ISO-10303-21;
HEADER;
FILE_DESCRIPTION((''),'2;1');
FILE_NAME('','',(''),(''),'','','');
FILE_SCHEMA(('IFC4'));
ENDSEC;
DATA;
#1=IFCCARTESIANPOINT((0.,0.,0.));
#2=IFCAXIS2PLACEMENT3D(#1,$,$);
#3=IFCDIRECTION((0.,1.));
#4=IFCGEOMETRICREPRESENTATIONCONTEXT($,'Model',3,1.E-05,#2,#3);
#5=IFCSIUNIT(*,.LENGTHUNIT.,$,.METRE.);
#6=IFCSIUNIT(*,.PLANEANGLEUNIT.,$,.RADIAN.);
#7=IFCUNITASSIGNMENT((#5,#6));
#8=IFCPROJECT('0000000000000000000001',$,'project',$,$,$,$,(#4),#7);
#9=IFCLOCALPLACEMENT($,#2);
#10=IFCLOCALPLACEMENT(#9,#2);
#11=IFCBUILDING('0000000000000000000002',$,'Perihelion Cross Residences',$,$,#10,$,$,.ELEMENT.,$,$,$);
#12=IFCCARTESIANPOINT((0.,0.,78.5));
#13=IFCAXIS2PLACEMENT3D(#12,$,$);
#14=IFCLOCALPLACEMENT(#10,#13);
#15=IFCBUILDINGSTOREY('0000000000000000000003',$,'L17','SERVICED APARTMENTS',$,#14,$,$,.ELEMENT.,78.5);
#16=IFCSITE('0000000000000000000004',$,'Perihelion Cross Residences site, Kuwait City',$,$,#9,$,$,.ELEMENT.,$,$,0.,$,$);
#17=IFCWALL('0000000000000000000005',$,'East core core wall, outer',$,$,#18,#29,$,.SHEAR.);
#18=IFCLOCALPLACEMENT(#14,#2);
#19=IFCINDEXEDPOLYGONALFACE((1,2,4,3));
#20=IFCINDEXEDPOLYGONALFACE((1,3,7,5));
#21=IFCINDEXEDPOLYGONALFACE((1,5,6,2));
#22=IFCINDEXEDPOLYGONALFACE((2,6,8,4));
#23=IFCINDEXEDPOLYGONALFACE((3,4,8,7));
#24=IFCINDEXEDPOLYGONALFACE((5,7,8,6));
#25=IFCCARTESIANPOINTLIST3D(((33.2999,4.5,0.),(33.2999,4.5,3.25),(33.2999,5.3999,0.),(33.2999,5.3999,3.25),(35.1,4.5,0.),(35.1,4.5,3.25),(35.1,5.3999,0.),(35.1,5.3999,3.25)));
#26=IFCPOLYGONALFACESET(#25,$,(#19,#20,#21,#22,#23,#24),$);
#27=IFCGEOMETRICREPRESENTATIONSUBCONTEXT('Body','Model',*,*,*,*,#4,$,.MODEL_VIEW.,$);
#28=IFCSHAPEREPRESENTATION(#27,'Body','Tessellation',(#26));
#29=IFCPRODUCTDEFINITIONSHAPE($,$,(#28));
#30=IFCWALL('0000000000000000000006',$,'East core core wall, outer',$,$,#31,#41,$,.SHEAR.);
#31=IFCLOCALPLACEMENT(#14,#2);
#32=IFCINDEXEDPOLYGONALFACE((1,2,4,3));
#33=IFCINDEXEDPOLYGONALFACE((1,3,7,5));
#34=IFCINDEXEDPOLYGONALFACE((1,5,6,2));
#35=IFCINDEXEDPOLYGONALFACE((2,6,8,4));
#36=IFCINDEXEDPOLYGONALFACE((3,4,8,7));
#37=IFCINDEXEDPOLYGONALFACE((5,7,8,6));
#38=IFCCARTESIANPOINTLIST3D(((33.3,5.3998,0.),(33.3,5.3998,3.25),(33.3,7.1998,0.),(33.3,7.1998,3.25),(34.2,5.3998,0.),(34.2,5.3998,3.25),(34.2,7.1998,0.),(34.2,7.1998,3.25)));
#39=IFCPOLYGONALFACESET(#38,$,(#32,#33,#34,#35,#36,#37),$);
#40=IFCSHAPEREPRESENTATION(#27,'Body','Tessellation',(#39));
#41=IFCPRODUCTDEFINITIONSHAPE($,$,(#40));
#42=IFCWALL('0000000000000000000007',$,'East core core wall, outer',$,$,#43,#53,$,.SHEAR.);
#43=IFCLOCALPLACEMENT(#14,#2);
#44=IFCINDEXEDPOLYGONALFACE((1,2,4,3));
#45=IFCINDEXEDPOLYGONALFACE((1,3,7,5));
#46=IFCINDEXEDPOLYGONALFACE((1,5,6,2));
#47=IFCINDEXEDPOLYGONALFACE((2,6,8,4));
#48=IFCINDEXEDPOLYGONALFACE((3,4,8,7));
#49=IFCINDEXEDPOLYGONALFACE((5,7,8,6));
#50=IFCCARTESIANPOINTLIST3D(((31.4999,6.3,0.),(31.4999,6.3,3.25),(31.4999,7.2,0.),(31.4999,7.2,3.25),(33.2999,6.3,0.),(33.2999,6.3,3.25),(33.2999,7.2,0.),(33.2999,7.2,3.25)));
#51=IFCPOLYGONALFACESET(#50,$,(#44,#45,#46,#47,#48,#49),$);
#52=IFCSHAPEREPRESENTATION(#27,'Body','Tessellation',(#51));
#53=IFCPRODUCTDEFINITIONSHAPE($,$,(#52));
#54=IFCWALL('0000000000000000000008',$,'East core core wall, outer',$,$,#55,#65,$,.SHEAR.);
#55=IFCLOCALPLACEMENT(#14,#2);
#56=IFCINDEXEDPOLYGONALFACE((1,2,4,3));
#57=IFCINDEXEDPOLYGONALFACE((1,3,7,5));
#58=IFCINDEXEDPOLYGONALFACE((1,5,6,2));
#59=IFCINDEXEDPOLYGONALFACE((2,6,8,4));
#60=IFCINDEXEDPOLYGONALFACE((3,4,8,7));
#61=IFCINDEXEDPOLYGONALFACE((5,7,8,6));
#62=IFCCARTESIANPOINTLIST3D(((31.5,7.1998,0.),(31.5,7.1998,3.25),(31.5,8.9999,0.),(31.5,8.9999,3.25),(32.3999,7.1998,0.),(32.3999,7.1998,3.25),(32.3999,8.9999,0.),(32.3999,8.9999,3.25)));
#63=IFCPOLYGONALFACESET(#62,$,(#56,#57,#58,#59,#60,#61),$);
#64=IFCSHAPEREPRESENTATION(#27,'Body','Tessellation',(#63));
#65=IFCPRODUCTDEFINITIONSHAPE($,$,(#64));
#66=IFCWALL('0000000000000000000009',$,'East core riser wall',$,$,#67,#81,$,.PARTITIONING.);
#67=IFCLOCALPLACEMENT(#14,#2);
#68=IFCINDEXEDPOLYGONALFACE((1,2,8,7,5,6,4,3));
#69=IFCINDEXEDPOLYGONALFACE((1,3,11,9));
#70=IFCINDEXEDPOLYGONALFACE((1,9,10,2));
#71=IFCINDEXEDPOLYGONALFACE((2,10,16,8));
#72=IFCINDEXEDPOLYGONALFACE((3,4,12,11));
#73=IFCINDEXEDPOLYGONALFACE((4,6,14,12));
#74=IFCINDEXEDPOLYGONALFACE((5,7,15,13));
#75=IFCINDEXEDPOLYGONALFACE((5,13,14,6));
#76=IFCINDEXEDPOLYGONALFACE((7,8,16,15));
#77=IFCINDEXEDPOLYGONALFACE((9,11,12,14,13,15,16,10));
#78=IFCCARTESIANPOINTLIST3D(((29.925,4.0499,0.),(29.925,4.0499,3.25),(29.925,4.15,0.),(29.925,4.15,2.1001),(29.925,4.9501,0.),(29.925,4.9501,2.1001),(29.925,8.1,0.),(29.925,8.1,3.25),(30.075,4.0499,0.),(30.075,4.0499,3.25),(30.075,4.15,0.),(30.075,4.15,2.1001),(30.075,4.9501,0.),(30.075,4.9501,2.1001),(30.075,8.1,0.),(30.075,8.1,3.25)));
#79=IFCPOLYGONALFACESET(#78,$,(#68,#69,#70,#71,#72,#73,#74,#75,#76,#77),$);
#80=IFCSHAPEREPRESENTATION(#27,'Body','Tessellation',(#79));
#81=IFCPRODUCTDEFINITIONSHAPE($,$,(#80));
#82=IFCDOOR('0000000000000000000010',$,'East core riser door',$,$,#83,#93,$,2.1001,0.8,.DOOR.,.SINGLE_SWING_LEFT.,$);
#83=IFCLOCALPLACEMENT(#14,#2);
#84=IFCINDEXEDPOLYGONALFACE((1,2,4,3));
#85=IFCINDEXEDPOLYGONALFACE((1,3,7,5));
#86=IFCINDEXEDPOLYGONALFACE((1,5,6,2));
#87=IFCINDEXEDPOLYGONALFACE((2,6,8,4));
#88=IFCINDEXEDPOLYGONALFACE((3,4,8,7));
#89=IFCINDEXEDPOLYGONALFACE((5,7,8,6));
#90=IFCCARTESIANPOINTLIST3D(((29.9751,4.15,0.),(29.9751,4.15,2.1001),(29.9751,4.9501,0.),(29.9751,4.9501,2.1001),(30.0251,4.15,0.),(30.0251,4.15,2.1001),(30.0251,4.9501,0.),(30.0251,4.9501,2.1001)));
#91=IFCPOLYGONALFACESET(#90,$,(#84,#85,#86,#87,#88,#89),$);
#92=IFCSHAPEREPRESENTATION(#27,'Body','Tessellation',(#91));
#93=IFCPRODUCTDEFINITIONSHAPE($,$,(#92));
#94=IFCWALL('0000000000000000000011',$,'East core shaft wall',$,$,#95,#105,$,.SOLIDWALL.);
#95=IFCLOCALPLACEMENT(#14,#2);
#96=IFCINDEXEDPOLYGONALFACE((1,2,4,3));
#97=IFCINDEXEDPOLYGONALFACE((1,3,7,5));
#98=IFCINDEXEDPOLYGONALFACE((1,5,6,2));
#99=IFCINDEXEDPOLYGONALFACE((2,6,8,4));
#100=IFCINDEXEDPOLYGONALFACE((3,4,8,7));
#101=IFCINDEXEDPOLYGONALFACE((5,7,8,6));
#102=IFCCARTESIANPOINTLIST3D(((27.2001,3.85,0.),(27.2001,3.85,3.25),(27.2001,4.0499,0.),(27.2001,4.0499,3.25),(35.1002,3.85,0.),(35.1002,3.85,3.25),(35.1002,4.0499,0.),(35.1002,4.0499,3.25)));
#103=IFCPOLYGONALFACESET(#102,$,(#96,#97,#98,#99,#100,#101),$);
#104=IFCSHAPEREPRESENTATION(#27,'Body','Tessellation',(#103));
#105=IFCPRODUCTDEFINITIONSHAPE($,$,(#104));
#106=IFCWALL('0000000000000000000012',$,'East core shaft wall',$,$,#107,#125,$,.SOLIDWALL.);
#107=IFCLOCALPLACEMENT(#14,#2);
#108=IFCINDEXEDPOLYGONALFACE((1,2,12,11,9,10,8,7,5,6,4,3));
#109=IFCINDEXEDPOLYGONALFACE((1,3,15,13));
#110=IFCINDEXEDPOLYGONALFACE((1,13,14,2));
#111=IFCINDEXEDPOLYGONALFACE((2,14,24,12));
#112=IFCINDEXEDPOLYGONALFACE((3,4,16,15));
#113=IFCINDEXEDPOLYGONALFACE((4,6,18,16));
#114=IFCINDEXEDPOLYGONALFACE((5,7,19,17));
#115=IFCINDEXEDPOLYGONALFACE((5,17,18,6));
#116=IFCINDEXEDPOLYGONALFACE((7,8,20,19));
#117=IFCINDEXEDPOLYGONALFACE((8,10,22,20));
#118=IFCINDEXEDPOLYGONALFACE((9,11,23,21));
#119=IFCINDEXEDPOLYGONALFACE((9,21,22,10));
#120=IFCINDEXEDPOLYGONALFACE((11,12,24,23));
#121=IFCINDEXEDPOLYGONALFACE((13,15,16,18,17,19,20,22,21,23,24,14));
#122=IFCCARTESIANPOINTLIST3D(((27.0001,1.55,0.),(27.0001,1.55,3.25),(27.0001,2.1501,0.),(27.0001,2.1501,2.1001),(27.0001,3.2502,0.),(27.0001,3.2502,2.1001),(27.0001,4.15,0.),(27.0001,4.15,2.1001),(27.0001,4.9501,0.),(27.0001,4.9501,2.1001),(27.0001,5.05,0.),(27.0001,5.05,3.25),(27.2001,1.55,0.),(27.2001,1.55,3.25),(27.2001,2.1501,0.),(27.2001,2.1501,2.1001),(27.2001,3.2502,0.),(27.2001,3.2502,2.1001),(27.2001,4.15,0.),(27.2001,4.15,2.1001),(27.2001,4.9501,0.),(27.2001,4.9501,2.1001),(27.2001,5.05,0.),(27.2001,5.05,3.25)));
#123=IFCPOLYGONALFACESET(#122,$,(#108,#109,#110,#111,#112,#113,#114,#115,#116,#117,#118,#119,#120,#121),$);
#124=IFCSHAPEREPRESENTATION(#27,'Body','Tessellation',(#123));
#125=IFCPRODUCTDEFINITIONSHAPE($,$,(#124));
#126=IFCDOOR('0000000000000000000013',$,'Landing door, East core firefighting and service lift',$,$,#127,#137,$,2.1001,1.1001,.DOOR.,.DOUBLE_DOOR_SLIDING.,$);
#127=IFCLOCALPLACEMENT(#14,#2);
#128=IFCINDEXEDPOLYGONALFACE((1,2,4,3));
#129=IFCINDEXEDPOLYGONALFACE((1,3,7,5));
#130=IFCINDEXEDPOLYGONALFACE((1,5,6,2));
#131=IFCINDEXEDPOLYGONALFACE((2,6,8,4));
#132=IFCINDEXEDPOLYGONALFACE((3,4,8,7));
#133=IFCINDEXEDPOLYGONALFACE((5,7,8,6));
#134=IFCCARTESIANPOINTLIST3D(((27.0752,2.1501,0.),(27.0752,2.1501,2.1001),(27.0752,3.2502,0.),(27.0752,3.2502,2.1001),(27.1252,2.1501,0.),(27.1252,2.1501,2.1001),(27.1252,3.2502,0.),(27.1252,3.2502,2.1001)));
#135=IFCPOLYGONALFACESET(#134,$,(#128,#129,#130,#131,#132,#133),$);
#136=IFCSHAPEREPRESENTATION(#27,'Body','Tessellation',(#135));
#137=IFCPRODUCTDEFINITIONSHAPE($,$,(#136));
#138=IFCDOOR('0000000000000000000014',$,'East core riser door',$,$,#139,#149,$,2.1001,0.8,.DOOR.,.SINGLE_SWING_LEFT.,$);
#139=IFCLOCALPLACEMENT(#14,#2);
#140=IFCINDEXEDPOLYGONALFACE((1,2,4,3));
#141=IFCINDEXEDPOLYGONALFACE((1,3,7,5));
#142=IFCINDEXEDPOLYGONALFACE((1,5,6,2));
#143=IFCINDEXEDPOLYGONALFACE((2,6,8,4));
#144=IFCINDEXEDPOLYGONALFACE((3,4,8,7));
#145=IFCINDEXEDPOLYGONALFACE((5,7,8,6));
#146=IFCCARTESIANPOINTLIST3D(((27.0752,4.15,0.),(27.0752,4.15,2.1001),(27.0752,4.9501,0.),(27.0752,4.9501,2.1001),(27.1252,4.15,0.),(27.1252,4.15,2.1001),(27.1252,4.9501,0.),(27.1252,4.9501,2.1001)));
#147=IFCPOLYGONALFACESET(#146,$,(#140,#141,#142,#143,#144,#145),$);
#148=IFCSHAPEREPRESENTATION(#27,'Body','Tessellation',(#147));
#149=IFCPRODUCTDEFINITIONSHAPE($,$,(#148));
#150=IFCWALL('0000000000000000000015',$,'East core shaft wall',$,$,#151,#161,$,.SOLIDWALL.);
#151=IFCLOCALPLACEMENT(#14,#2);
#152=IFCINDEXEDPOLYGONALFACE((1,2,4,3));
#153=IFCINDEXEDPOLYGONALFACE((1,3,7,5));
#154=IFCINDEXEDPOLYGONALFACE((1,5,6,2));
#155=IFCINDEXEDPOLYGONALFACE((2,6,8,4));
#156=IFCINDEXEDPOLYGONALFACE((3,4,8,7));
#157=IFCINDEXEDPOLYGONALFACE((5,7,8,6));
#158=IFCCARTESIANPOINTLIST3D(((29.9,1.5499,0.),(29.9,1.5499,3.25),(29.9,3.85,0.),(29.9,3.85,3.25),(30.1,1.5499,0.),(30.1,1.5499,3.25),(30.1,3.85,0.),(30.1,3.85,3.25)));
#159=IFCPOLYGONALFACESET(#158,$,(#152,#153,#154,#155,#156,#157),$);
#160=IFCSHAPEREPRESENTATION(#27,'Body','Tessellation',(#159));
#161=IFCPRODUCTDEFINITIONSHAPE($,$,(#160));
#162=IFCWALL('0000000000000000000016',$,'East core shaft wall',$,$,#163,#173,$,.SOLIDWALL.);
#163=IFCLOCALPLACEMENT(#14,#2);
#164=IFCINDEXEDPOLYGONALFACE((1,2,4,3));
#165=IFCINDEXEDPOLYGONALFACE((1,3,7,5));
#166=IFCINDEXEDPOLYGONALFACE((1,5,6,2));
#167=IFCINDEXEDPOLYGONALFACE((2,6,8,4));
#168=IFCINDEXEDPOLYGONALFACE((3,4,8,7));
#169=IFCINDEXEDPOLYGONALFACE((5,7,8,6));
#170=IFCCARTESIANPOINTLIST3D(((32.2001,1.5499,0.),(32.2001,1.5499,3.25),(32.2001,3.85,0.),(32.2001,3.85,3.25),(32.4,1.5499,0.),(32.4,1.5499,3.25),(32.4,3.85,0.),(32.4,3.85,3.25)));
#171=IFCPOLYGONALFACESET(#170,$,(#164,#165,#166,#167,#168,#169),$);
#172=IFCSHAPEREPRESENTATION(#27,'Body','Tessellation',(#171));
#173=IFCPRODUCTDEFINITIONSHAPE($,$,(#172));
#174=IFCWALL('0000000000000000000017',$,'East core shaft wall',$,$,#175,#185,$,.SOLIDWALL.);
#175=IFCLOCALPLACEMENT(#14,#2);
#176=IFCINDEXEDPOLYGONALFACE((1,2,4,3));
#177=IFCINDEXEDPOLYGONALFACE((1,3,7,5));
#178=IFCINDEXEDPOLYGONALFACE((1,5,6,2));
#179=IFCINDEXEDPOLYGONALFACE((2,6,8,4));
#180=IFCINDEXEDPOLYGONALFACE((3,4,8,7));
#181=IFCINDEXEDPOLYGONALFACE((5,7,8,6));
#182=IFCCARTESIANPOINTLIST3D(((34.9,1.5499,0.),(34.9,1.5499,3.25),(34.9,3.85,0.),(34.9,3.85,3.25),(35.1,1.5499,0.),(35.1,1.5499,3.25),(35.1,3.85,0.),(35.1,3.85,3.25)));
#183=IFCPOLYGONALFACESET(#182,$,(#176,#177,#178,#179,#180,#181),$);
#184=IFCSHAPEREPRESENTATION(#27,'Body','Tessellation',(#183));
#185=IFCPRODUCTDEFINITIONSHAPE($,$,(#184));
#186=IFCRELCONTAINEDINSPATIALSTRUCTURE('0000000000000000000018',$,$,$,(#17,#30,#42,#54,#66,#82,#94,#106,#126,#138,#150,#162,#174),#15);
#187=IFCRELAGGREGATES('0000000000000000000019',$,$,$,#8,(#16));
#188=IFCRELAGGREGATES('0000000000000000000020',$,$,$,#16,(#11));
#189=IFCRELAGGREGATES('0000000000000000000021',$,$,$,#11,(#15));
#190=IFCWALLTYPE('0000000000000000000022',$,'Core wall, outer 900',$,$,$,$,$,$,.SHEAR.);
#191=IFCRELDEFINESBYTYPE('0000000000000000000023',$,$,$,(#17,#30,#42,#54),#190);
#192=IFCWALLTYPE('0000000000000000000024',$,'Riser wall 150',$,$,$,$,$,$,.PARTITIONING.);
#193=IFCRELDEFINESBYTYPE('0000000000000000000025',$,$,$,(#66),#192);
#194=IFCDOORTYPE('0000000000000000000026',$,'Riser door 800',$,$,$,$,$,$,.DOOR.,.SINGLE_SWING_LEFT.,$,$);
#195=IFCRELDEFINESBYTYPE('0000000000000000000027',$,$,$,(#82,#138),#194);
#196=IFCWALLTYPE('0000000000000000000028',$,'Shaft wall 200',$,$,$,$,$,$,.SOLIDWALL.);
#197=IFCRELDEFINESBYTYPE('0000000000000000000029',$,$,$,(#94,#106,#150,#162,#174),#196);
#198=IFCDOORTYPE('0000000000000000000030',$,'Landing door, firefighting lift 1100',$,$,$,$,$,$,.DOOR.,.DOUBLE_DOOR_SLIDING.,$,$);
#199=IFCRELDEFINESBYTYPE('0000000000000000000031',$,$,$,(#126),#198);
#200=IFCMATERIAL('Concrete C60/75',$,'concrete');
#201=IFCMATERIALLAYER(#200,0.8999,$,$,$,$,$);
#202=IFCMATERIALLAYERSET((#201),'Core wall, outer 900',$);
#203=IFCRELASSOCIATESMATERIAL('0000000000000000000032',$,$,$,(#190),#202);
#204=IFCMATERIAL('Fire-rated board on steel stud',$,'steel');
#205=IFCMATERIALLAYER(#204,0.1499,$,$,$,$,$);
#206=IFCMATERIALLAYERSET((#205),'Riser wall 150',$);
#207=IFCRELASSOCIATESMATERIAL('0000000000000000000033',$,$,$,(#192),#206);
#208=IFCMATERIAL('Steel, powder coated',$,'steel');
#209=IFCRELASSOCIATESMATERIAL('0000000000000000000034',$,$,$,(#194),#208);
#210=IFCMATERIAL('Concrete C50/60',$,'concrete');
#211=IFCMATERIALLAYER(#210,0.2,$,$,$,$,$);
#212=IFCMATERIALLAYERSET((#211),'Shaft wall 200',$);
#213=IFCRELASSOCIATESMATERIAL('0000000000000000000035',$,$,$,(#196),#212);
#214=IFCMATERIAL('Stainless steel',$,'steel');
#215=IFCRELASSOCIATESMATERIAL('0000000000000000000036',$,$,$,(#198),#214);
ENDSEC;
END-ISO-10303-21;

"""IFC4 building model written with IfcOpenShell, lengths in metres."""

from ifc_helpers import new_model, si_unit, direction, frame, frame_2d, origin, place, context, subcontext, project, spatial, rectangle, extrude, material, layer, layer_set, type_object, element, fill, save


model = new_model("IFC4")

# Units and contexts
model_context = context("Model", 3, precision=1e-05, world=origin(), true_north=direction((0.0, 1.0)))
body_context = subcontext(model_context, "Body", "Model", "MODEL_VIEW")
ifc_project = project(units=[si_unit("LENGTHUNIT", "METRE"), si_unit("PLANEANGLEUNIT", "RADIAN")], contexts=[model_context])

# Site, building, storey
site_placement = place(None, origin())
site = spatial("IfcSite", under=ifc_project, at=site_placement, Name="Perihelion Cross Residences site, Kuwait City", CompositionType="ELEMENT", RefElevation=0.0)
building_placement = place(site_placement, origin())
building = spatial("IfcBuilding", under=site, at=building_placement, Name="Perihelion Cross Residences", CompositionType="ELEMENT")
storey_placement = place(building_placement, frame((0.0, 0.0, 78.5)))
storey = spatial("IfcBuildingStorey", under=building, at=storey_placement, Name="L17", Description="SERVICED APARTMENTS", CompositionType="ELEMENT", Elevation=78.5)

# Walls
ifc_material_1 = material(Name="Concrete C60/75", Category="concrete")
ifc_layer_1 = layer(ifc_material_1, 0.8999)
ifc_layer_set_1 = layer_set([ifc_layer_1], Name="Core wall, outer 900")
wall_type_1 = type_object("IfcWallType", Name="Core wall, outer 900", PredefinedType="SHEAR", material=ifc_layer_set_1)
for number, where, z_axis, x_axis, name in (
    (1, (33.3, 4.95, 0.0), (0.0, 0.0, 1.0), (1.0, 0.0, 0.0), "East core core wall, outer"),
    (2, (33.75, 5.3999, 0.0), (0.0, 0.0, 1.0), (0.0, 1.0, 0.0), "East core core wall, outer"),
    (3, (31.5, 6.75, 0.0), (0.0, 0.0, 1.0), (1.0, 0.0, 0.0), "East core core wall, outer"),
    (4, (31.95, 7.2, 0.0), (0.0, 0.0, 1.0), (0.0, 1.0, 0.0), "East core core wall, outer"),
):
    element("IfcWall", number, at=place(storey_placement, frame(where, z_axis=z_axis, x_axis=x_axis)), inside=storey, type_object=wall_type_1, Name=name, PredefinedType="SHEAR", context=body_context, shape_type="SweptSolid", body=[
        extrude(rectangle(XDim=1.8, YDim=0.8999, at=frame_2d((0.8999, 0.0))), origin(), (0.0, 0.0, 1.0), 3.25),
    ])

# Wall, opening, door
ifc_material_2 = material(Name="Fire-rated board on steel stud", Category="steel")
ifc_layer_2 = layer(ifc_material_2, 0.1499)
ifc_layer_set_2 = layer_set([ifc_layer_2], Name="Riser wall 150")
wall_type_2 = type_object("IfcWallType", Name="Riser wall 150", PredefinedType="PARTITIONING", material=ifc_layer_set_2)
wall_1_placement = place(storey_placement, frame((30.0, 4.05, 0.0), z_axis=(0.0, 0.0, 1.0), x_axis=(0.0, 1.0, 0.0)))
wall_1 = element("IfcWall", 5, at=wall_1_placement, inside=storey, type_object=wall_type_2, Name="East core riser wall", PredefinedType="PARTITIONING", context=body_context, shape_type="SweptSolid", body=[
    extrude(rectangle(XDim=4.05, YDim=0.1499, at=frame_2d((2.0249, 0.0))), origin(), (0.0, 0.0, 1.0), 3.25),
])
opening_1_placement = place(wall_1_placement, frame((0.1001, 0.0, 0.0)))
opening_1 = element("IfcOpeningElement", 6, at=opening_1_placement, cuts=wall_1, PredefinedType="OPENING", context=body_context, shape_type="SweptSolid", body=[
    extrude(rectangle(XDim=0.8, YDim=2.1001, at=frame_2d((0.3999, 1.05))), frame((0.0, 0.085, 0.0), z_axis=(0.0, -1.0, 0.0), x_axis=(1.0, 0.0, 0.0)), (0.0, 0.0, 1.0), 0.1699),
])
ifc_material_3 = material(Name="Steel, powder coated", Category="steel")
door_type_1 = type_object("IfcDoorType", Name="Riser door 800", OperationType="SINGLE_SWING_LEFT", PredefinedType="DOOR", material=ifc_material_3)
door_1_placement = place(opening_1_placement, origin())
door_1 = element("IfcDoor", 7, at=door_1_placement, inside=storey, type_object=door_type_1, Name="East core riser door", OperationType="SINGLE_SWING_LEFT", OverallHeight=2.1001, OverallWidth=0.8, PredefinedType="DOOR", context=body_context, shape_type="SweptSolid", body=[
    extrude(rectangle(XDim=0.8, YDim=2.1001, at=frame_2d((0.3999, 1.05))), frame((0.0, 0.0249, 0.0), z_axis=(0.0, -1.0, 0.0), x_axis=(1.0, 0.0, 0.0)), (0.0, 0.0, 1.0), 0.05),
])
fill(opening_1, door_1)

# Wall
ifc_material_4 = material(Name="Concrete C50/60", Category="concrete")
ifc_layer_3 = layer(ifc_material_4, 0.2)
ifc_layer_set_3 = layer_set([ifc_layer_3], Name="Shaft wall 200")
wall_type_3 = type_object("IfcWallType", Name="Shaft wall 200", PredefinedType="SOLIDWALL", material=ifc_layer_set_3)
wall_2_placement = place(storey_placement, frame((27.2, 3.95, 0.0), z_axis=(0.0, 0.0, 1.0), x_axis=(1.0, 0.0, 0.0)))
element("IfcWall", 8, at=wall_2_placement, inside=storey, type_object=wall_type_3, Name="East core shaft wall", PredefinedType="SOLIDWALL", context=body_context, shape_type="SweptSolid", body=[
    extrude(rectangle(XDim=7.9001, YDim=0.2, at=frame_2d((3.9502, 0.0))), origin(), (0.0, 0.0, 1.0), 3.25),
])

# Wall, openings, doors
wall_3_placement = place(storey_placement, frame((27.1001, 1.55, 0.0), z_axis=(0.0, 0.0, 1.0), x_axis=(0.0, 1.0, 0.0)))
wall_3 = element("IfcWall", 9, at=wall_3_placement, inside=storey, type_object=wall_type_3, Name="East core shaft wall", PredefinedType="SOLIDWALL", context=body_context, shape_type="SweptSolid", body=[
    extrude(rectangle(XDim=3.5, YDim=0.2, at=frame_2d((1.75, 0.0))), origin(), (0.0, 0.0, 1.0), 3.25),
])
opening_2_placement = place(wall_3_placement, frame((0.6001, 0.0, 0.0)))
opening_2 = element("IfcOpeningElement", 10, at=opening_2_placement, cuts=wall_3, PredefinedType="OPENING", context=body_context, shape_type="SweptSolid", body=[
    extrude(rectangle(XDim=1.1001, YDim=2.1001, at=frame_2d((0.55, 1.05))), frame((0.0, 0.1099, 0.0), z_axis=(0.0, -1.0, 0.0), x_axis=(1.0, 0.0, 0.0)), (0.0, 0.0, 1.0), 0.22),
])
opening_3_placement = place(wall_3_placement, frame((2.6001, 0.0, 0.0)))
opening_3 = element("IfcOpeningElement", 11, at=opening_3_placement, cuts=wall_3, PredefinedType="OPENING", context=body_context, shape_type="SweptSolid", body=[
    extrude(rectangle(XDim=0.8, YDim=2.1001, at=frame_2d((0.3999, 1.05))), frame((0.0, 0.1099, 0.0), z_axis=(0.0, -1.0, 0.0), x_axis=(1.0, 0.0, 0.0)), (0.0, 0.0, 1.0), 0.22),
])
ifc_material_5 = material(Name="Stainless steel", Category="steel")
door_type_2 = type_object("IfcDoorType", Name="Landing door, firefighting lift 1100", OperationType="DOUBLE_DOOR_SLIDING", PredefinedType="DOOR", material=ifc_material_5)
door_2_placement = place(opening_2_placement, origin())
door_2 = element("IfcDoor", 12, at=door_2_placement, inside=storey, type_object=door_type_2, Name="Landing door, East core firefighting and service lift", OperationType="DOUBLE_DOOR_SLIDING", OverallHeight=2.1001, OverallWidth=1.1001, PredefinedType="DOOR", context=body_context, shape_type="SweptSolid", body=[
    extrude(rectangle(XDim=1.1001, YDim=2.1001, at=frame_2d((0.55, 1.05))), frame((0.0, 0.0249, 0.0), z_axis=(0.0, -1.0, 0.0), x_axis=(1.0, 0.0, 0.0)), (0.0, 0.0, 1.0), 0.05),
])
fill(opening_2, door_2)
door_3_placement = place(opening_3_placement, origin())
door_3 = element("IfcDoor", 13, at=door_3_placement, inside=storey, type_object=door_type_1, Name="East core riser door", OperationType="SINGLE_SWING_LEFT", OverallHeight=2.1001, OverallWidth=0.8, PredefinedType="DOOR", context=body_context, shape_type="SweptSolid", body=[
    extrude(rectangle(XDim=0.8, YDim=2.1001, at=frame_2d((0.3999, 1.05))), frame((0.0, 0.0249, 0.0), z_axis=(0.0, -1.0, 0.0), x_axis=(1.0, 0.0, 0.0)), (0.0, 0.0, 1.0), 0.05),
])
fill(opening_3, door_3)

# Walls
for number, where, z_axis, x_axis, name in (
    (14, (30.0, 1.55, 0.0), (0.0, 0.0, 1.0), (0.0, 1.0, 0.0), "East core shaft wall"),
    (15, (32.3, 1.55, 0.0), (0.0, 0.0, 1.0), (0.0, 1.0, 0.0), "East core shaft wall"),
    (16, (35.0, 1.55, 0.0), (0.0, 0.0, 1.0), (0.0, 1.0, 0.0), "East core shaft wall"),
):
    element("IfcWall", number, at=place(storey_placement, frame(where, z_axis=z_axis, x_axis=x_axis)), inside=storey, type_object=wall_type_3, Name=name, PredefinedType="SOLIDWALL", context=body_context, shape_type="SweptSolid", body=[
        extrude(rectangle(XDim=2.3, YDim=0.2, at=frame_2d((1.1499, 0.0))), origin(), (0.0, 0.0, 1.0), 3.25),
    ])

save(model, "model.ifc")
